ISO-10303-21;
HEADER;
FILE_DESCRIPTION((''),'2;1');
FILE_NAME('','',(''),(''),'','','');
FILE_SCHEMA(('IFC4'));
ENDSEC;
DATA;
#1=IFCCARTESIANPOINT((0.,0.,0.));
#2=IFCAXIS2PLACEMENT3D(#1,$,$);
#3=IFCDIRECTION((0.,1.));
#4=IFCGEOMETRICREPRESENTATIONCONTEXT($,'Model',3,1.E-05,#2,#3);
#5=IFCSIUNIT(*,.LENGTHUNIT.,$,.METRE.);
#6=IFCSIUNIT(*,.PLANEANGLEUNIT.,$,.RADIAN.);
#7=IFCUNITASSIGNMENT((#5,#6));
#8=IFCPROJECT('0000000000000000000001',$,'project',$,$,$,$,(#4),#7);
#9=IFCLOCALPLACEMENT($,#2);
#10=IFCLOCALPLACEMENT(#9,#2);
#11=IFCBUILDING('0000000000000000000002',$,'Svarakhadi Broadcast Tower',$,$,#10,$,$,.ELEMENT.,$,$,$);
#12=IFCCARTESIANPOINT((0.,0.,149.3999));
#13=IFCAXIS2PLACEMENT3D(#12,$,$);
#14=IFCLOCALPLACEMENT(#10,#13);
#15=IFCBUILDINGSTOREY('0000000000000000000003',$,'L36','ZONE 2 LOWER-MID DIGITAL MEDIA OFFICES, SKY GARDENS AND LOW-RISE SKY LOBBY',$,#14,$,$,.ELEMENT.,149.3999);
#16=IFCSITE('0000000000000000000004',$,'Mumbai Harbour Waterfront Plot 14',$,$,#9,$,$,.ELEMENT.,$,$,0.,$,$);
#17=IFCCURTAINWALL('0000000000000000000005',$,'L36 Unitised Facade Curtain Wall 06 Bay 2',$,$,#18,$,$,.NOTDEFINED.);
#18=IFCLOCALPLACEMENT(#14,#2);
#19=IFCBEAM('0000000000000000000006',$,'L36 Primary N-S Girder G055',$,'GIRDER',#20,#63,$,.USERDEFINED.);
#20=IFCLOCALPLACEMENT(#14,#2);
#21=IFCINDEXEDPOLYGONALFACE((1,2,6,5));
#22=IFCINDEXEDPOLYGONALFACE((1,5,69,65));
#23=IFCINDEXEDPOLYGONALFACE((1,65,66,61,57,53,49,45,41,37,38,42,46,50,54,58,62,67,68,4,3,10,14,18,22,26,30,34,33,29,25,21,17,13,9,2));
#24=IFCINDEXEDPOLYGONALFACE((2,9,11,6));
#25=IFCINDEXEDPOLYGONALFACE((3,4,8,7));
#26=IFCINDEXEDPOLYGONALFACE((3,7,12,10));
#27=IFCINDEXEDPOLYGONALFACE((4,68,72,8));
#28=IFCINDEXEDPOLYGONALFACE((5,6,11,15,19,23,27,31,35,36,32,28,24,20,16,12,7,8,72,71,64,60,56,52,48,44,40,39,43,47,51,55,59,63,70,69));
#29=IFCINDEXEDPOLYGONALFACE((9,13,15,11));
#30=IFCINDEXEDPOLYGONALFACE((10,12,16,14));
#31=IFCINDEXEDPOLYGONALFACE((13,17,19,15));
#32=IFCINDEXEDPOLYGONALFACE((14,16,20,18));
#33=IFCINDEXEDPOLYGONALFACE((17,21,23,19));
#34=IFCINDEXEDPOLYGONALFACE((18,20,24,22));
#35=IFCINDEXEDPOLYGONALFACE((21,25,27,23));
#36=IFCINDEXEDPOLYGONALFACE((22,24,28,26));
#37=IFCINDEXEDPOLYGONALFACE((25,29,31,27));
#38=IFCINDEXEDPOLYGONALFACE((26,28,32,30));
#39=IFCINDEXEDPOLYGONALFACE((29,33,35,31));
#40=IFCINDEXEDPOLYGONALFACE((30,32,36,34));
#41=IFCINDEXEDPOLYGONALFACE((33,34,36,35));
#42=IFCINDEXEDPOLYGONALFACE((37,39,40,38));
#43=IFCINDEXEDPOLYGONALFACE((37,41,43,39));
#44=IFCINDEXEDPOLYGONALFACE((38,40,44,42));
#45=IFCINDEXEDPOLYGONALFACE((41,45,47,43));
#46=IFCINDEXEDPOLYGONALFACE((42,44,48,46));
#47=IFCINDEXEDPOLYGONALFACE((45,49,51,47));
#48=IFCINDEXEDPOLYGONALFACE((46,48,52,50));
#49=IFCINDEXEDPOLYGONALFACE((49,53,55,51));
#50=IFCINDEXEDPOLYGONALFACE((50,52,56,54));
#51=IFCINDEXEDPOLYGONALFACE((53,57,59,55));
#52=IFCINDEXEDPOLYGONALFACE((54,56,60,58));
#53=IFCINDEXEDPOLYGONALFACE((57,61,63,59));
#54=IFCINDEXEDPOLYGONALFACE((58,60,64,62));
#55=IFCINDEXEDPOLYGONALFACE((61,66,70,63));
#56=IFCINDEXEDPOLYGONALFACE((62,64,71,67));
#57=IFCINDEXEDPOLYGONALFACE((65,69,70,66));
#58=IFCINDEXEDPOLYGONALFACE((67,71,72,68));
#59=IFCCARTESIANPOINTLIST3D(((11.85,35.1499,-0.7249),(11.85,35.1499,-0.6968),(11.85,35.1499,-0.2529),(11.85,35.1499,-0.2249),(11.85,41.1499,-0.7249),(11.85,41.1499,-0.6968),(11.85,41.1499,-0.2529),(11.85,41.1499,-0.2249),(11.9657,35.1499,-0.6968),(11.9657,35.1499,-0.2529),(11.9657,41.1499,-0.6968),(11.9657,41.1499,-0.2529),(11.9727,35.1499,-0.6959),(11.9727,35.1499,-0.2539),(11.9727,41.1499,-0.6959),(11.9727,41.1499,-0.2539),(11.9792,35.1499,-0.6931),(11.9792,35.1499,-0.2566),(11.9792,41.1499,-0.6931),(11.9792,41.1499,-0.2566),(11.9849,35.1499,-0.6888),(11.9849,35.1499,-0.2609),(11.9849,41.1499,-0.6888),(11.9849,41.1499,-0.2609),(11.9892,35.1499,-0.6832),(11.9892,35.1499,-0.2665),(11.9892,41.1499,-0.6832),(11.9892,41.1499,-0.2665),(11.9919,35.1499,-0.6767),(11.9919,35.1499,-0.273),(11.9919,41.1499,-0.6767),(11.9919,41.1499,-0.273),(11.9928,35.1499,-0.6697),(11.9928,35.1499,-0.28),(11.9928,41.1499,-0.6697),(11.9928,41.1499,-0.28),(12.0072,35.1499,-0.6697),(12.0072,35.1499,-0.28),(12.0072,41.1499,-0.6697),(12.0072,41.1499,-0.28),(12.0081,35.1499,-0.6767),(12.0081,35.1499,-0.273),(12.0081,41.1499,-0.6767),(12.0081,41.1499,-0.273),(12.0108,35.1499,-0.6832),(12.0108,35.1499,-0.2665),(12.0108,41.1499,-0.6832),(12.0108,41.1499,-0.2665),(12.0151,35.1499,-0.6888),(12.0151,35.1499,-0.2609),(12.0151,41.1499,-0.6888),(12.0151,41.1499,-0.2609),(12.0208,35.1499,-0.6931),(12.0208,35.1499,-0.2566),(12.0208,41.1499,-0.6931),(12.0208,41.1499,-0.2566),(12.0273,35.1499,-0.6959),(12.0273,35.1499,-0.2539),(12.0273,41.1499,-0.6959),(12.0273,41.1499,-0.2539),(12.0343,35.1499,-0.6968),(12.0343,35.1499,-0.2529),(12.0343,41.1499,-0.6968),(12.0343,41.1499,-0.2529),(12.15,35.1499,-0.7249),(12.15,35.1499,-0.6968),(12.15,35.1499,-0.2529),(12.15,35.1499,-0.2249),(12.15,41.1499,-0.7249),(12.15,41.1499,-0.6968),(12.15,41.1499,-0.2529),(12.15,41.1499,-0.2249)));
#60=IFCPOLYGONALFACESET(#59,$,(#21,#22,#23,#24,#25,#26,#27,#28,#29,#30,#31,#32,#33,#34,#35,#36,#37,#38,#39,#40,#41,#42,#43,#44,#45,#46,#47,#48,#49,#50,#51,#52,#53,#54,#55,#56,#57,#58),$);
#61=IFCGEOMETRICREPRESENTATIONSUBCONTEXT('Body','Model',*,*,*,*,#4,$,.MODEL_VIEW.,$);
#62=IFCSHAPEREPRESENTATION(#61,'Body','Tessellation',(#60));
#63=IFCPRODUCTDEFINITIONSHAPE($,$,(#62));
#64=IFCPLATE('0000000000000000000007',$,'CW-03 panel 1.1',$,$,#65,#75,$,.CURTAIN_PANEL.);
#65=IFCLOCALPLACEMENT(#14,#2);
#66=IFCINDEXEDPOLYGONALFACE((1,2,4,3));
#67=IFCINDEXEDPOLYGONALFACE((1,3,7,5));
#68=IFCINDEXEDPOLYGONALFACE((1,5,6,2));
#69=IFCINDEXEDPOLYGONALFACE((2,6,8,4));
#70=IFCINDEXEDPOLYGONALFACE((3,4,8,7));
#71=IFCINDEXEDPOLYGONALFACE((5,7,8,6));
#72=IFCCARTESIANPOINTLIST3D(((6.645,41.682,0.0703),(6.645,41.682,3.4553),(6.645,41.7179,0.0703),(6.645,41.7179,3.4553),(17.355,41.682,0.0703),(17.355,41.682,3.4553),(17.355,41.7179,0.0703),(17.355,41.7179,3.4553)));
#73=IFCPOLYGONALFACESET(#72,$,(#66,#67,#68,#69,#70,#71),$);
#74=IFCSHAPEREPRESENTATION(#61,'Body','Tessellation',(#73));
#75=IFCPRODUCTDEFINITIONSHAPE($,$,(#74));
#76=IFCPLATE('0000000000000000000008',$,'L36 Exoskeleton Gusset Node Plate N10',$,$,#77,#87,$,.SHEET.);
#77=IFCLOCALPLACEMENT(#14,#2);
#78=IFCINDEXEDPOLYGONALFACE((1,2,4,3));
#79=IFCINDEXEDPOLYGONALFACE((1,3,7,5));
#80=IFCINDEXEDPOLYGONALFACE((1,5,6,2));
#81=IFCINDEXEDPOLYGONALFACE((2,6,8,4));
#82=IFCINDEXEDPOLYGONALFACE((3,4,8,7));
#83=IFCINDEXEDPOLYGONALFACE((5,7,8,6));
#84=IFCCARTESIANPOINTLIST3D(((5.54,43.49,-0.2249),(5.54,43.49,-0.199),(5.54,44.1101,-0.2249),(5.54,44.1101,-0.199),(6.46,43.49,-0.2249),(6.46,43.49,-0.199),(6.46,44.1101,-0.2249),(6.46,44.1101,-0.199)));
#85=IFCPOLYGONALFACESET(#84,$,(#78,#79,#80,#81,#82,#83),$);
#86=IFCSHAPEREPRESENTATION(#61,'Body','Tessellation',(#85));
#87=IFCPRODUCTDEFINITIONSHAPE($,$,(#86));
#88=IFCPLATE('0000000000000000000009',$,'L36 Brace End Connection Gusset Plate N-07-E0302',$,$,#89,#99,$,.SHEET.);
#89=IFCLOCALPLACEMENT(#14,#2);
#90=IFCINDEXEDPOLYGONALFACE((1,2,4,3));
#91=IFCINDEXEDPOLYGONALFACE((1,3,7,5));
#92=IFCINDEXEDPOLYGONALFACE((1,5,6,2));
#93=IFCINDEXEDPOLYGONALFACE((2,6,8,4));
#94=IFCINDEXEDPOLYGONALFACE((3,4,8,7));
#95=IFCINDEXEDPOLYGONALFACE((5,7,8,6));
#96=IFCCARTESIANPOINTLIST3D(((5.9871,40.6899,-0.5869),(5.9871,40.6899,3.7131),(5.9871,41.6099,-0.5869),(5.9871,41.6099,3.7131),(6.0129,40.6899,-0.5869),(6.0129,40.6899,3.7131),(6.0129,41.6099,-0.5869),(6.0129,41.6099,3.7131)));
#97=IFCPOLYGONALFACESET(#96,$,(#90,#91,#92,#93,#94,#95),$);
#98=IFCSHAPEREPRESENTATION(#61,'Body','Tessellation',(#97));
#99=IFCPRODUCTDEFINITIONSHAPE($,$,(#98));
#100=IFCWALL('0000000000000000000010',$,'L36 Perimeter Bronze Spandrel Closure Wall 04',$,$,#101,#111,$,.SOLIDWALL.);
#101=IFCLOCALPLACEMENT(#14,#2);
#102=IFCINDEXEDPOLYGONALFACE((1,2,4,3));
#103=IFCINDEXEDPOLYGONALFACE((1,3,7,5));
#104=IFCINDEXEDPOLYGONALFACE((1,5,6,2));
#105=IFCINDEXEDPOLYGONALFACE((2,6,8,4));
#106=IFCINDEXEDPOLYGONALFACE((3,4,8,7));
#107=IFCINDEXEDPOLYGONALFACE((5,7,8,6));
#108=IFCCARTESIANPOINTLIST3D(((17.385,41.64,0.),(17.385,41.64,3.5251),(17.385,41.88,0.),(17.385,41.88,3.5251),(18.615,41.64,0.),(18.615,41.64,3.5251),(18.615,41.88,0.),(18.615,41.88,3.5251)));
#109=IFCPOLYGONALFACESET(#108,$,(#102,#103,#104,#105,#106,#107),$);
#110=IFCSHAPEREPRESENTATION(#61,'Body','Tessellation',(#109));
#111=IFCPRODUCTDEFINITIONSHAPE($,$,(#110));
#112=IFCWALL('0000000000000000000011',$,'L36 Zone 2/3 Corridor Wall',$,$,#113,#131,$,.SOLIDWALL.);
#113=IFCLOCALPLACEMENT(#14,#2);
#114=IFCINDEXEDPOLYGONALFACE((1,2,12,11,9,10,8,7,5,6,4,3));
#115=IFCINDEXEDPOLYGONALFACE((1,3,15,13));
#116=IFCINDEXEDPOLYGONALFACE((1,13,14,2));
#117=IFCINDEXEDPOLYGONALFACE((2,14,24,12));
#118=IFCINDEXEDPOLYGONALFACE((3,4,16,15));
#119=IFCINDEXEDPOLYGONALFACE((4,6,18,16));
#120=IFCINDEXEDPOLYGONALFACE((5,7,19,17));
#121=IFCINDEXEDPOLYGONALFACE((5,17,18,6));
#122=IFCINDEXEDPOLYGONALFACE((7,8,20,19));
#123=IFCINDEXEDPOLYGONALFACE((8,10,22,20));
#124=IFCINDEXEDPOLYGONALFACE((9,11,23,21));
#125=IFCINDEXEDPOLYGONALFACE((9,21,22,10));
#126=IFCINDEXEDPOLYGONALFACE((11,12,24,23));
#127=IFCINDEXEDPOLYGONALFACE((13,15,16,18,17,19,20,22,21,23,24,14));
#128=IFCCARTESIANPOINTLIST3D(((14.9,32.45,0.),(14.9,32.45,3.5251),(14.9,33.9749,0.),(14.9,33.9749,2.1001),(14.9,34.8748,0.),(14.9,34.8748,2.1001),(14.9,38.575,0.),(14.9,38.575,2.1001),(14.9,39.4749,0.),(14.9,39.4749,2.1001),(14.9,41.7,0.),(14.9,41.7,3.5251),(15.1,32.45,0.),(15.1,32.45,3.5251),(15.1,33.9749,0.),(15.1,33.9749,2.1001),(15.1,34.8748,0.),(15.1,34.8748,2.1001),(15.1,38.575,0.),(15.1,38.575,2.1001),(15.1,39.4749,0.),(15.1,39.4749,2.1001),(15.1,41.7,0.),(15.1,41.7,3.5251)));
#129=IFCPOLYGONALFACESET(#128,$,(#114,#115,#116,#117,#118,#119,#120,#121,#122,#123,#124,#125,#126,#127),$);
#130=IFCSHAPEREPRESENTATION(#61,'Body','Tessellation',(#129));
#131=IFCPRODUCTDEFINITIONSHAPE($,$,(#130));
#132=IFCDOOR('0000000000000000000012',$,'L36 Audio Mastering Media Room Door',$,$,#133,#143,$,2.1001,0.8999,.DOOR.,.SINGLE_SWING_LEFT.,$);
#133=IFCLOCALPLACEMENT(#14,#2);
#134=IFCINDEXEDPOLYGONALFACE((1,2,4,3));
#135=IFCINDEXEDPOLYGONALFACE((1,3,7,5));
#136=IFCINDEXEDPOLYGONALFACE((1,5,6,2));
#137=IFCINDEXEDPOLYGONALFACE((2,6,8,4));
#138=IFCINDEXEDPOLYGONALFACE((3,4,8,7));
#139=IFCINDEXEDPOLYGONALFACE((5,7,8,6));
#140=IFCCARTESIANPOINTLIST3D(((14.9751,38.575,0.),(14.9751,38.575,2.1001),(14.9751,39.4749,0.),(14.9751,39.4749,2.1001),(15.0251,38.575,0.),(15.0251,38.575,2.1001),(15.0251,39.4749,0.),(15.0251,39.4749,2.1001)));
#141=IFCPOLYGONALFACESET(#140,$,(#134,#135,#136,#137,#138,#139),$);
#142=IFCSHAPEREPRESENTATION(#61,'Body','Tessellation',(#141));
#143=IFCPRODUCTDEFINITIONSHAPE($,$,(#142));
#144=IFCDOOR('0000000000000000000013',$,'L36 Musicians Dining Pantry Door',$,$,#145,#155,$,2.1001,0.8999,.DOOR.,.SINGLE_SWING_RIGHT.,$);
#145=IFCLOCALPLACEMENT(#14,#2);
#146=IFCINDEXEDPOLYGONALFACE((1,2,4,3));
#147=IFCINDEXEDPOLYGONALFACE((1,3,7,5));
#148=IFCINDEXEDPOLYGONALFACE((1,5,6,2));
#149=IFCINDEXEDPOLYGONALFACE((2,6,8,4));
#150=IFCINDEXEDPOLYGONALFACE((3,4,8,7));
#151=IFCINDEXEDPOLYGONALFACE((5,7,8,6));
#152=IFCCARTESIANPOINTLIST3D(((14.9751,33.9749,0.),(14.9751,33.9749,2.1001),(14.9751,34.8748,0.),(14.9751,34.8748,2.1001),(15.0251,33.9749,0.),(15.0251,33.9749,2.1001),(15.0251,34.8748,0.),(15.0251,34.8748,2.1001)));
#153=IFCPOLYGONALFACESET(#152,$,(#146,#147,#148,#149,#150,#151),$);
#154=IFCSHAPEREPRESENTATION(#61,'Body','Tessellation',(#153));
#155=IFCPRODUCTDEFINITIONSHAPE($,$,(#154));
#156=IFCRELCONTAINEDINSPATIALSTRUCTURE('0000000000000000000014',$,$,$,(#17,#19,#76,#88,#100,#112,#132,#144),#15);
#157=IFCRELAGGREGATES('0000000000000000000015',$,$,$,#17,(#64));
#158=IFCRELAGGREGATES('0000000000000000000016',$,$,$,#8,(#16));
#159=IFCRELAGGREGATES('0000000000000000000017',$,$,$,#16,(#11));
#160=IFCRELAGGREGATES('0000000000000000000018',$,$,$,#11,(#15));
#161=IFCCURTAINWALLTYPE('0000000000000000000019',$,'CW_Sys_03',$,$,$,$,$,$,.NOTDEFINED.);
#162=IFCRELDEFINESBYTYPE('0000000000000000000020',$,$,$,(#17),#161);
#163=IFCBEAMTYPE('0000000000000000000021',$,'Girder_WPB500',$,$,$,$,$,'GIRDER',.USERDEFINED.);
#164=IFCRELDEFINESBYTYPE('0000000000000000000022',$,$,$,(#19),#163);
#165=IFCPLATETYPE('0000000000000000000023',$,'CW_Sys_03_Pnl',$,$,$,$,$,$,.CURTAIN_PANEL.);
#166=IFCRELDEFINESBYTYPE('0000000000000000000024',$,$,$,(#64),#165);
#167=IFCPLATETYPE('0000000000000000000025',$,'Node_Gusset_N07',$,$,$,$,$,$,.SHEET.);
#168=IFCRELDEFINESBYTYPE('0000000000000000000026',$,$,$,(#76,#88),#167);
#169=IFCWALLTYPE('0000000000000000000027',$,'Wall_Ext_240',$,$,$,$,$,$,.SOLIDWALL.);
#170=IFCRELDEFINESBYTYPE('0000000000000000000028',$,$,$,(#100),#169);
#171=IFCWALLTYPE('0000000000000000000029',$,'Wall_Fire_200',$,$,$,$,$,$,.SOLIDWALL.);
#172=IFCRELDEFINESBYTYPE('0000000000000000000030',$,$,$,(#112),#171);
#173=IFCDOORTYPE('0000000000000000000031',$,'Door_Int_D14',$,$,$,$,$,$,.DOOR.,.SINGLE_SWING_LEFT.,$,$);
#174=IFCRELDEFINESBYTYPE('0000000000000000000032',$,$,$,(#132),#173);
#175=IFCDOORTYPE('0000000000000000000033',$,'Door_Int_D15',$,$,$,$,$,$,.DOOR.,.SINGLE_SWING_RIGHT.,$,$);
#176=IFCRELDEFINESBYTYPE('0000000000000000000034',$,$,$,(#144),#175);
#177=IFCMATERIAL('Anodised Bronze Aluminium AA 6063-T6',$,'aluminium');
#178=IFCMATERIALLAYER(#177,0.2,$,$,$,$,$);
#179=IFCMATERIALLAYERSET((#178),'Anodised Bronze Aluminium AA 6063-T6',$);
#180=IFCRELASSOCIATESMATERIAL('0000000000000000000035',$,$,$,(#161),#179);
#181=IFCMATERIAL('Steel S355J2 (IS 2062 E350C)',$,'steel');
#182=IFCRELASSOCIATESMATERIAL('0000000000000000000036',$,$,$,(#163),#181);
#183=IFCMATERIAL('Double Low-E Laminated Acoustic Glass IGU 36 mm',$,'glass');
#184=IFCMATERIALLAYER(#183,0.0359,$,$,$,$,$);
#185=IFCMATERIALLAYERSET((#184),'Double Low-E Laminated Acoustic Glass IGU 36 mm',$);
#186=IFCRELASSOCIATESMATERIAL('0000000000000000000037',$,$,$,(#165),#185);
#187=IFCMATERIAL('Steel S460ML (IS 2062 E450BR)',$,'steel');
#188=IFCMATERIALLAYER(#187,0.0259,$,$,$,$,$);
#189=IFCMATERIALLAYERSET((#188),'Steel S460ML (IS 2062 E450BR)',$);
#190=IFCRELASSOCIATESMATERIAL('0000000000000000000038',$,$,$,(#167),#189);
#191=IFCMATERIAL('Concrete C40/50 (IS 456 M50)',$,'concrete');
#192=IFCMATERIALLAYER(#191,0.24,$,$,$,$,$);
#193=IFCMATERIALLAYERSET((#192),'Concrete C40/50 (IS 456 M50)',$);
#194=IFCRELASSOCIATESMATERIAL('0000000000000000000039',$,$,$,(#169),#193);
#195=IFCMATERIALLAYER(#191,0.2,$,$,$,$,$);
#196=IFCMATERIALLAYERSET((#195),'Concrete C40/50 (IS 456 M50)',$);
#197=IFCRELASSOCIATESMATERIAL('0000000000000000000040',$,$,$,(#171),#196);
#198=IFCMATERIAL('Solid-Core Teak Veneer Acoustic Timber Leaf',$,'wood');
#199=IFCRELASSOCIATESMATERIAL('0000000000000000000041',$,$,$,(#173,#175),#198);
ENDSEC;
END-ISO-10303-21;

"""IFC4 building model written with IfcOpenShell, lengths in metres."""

from ifc_helpers import new_model, si_unit, direction, frame, frame_2d, origin, origin_2d, place, context, subcontext, project, spatial, rectangle, i_section, extrude, material, layer, layer_set, material_profile, profile_set, type_object, element, fill, aggregate, save


model = new_model("IFC4")

# Units and contexts
model_context = context("Model", 3, precision=1e-05, world=origin(), true_north=direction((0.0, 1.0)))
body_context = subcontext(model_context, "Body", "Model", "MODEL_VIEW")
ifc_project = project(units=[si_unit("LENGTHUNIT", "METRE"), si_unit("PLANEANGLEUNIT", "RADIAN")], contexts=[model_context])

# Site, building, storey
site_placement = place(None, origin())
site = spatial("IfcSite", under=ifc_project, at=site_placement, Name="Mumbai Harbour Waterfront Plot 14", CompositionType="ELEMENT", RefElevation=0.0)
building_placement = place(site_placement, origin())
building = spatial("IfcBuilding", under=site, at=building_placement, Name="Svarakhadi Broadcast Tower", CompositionType="ELEMENT")
storey_placement = place(building_placement, frame((0.0, 0.0, 149.3999)))
storey = spatial("IfcBuildingStorey", under=building, at=storey_placement, Name="L36", Description="ZONE 2 LOWER-MID DIGITAL MEDIA OFFICES, SKY GARDENS AND LOW-RISE SKY LOBBY", CompositionType="ELEMENT", Elevation=149.3999)

# Shared definitions
ifc_material_1 = material(Name="Steel S460ML (IS 2062 E450BR)", Category="steel")

# Shared definitions
ifc_material_2 = material(Name="Steel S355J2 (IS 2062 E350C)", Category="steel")

# Curtain wall
ifc_material_3 = material(Name="Anodised Bronze Aluminium AA 6063-T6", Category="aluminium")
ifc_layer_1 = layer(ifc_material_3, 0.2)
ifc_layer_set_1 = layer_set([ifc_layer_1], Name="Anodised Bronze Aluminium AA 6063-T6")
curtain_wall_type = type_object("IfcCurtainWallType", Name="CW_Sys_03", PredefinedType="NOTDEFINED", material=ifc_layer_set_1)
curtain_wall_placement = place(storey_placement, origin())
curtain_wall = element("IfcCurtainWall", 1, at=curtain_wall_placement, inside=storey, type_object=curtain_wall_type, Name="L36 Unitised Facade Curtain Wall 06 Bay 2", PredefinedType="NOTDEFINED")

# Beam
ifc_material_profile_1 = material_profile(ifc_material_2, i_section(OverallWidth=0.3, OverallDepth=0.5, WebThickness=0.0144, FlangeThickness=0.0281, FilletRadius=0.0271, at=origin_2d()), Name="WPB 500x300x187")
ifc_profile_set_1 = profile_set([ifc_material_profile_1], Name="Steel S355J2 (IS 2062 E350C)")
beam_type_1 = type_object("IfcBeamType", Name="Girder_WPB500", ElementType="GIRDER", PredefinedType="USERDEFINED", material=ifc_profile_set_1)
for number, where, z_axis, x_axis, name in (
    (2, (12.0, 35.1499, -0.4749), (0.0, 1.0, 0.0), (-1.0, 0.0, 0.0), "L36 Primary N-S Girder G055"),
):
    element("IfcBeam", number, at=place(storey_placement, frame(where, z_axis=z_axis, x_axis=x_axis)), inside=storey, type_object=beam_type_1, Name=name, ObjectType="GIRDER", PredefinedType="USERDEFINED", context=body_context, shape_type="SweptSolid", body=[
        extrude(i_section(OverallWidth=0.3, OverallDepth=0.5, WebThickness=0.0144, FlangeThickness=0.0281, FilletRadius=0.0271, at=origin_2d()), origin(), (0.0, 0.0, 1.0), 6.0),
    ])

# Plate
ifc_material_4 = material(Name="Double Low-E Laminated Acoustic Glass IGU 36 mm", Category="glass")
ifc_layer_2 = layer(ifc_material_4, 0.0359)
ifc_layer_set_2 = layer_set([ifc_layer_2], Name="Double Low-E Laminated Acoustic Glass IGU 36 mm")
plate_type_1 = type_object("IfcPlateType", Name="CW_Sys_03_Pnl", PredefinedType="CURTAIN_PANEL", material=ifc_layer_set_2)
plate_1_placement = place(storey_placement, frame((12.0, 41.7, 0.0703), z_axis=(0.0, 0.0, 1.0), x_axis=(1.0, 0.0, 0.0)))
plate_1 = element("IfcPlate", 3, at=plate_1_placement, type_object=plate_type_1, Name="CW-03 panel 1.1", PredefinedType="CURTAIN_PANEL", context=body_context, shape_type="SweptSolid", body=[
    extrude(rectangle(XDim=10.71, YDim=0.0359, at=origin_2d()), origin(), (0.0, 0.0, 1.0), 3.385),
])
aggregate(curtain_wall, [plate_1])

# Plates
ifc_layer_3 = layer(ifc_material_1, 0.0259)
ifc_layer_set_3 = layer_set([ifc_layer_3], Name="Steel S460ML (IS 2062 E450BR)")
plate_type_2 = type_object("IfcPlateType", Name="Node_Gusset_N07", PredefinedType="SHEET", material=ifc_layer_set_3)
plate_2_placement = place(storey_placement, frame((6.0, 43.8, -0.2249), z_axis=(0.0, 0.0, 1.0), x_axis=(1.0, 0.0, 0.0)))
element("IfcPlate", 4, at=plate_2_placement, inside=storey, type_object=plate_type_2, Name="L36 Exoskeleton Gusset Node Plate N10", PredefinedType="SHEET", context=body_context, shape_type="SweptSolid", body=[
    extrude(rectangle(XDim=0.9199, YDim=0.6201, at=origin_2d()), origin(), (0.0, 0.0, 1.0), 0.0259),
])
plate_3_placement = place(storey_placement, frame((6.0, 41.1499, -0.5869), z_axis=(0.0, 0.0, 1.0), x_axis=(0.0, 1.0, 0.0)))
element("IfcPlate", 5, at=plate_3_placement, inside=storey, type_object=plate_type_2, Name="L36 Brace End Connection Gusset Plate N-07-E0302", PredefinedType="SHEET", context=body_context, shape_type="SweptSolid", body=[
    extrude(rectangle(XDim=0.9199, YDim=0.0259, at=origin_2d()), origin(), (0.0, 0.0, 1.0), 4.3),
])

# Wall
ifc_material_5 = material(Name="Concrete C40/50 (IS 456 M50)", Category="concrete")
ifc_layer_4 = layer(ifc_material_5, 0.24)
ifc_layer_set_4 = layer_set([ifc_layer_4], Name="Concrete C40/50 (IS 456 M50)")
wall_type_1 = type_object("IfcWallType", Name="Wall_Ext_240", PredefinedType="SOLIDWALL", material=ifc_layer_set_4)
wall_1_placement = place(storey_placement, frame((17.385, 41.76, 0.0), z_axis=(0.0, 0.0, 1.0), x_axis=(1.0, 0.0, 0.0)))
element("IfcWall", 6, at=wall_1_placement, inside=storey, type_object=wall_type_1, Name="L36 Perimeter Bronze Spandrel Closure Wall 04", PredefinedType="SOLIDWALL", context=body_context, shape_type="SweptSolid", body=[
    extrude(rectangle(XDim=1.23, YDim=0.24, at=frame_2d((0.615, 0.0))), origin(), (0.0, 0.0, 1.0), 3.5251),
])

# Wall, openings, doors
ifc_layer_5 = layer(ifc_material_5, 0.2)
ifc_layer_set_5 = layer_set([ifc_layer_5], Name="Concrete C40/50 (IS 456 M50)")
wall_type_2 = type_object("IfcWallType", Name="Wall_Fire_200", PredefinedType="SOLIDWALL", material=ifc_layer_set_5)
wall_2_placement = place(storey_placement, frame((15.0, 32.45, 0.0), z_axis=(0.0, 0.0, 1.0), x_axis=(0.0, 1.0, 0.0)))
wall_2 = element("IfcWall", 7, at=wall_2_placement, inside=storey, type_object=wall_type_2, Name="L36 Zone 2/3 Corridor Wall", PredefinedType="SOLIDWALL", context=body_context, shape_type="SweptSolid", body=[
    extrude(rectangle(XDim=9.25, YDim=0.2, at=frame_2d((4.625, 0.0))), origin(), (0.0, 0.0, 1.0), 3.5251),
])
opening_1_placement = place(wall_2_placement, frame((1.5249, 0.0, 0.0)))
opening_1 = element("IfcOpeningElement", 8, at=opening_1_placement, cuts=wall_2, PredefinedType="OPENING", context=body_context, shape_type="SweptSolid", body=[
    extrude(rectangle(XDim=0.8999, YDim=2.1001, at=frame_2d((0.45, 1.05))), frame((0.0, 0.1099, 0.0), z_axis=(0.0, -1.0, 0.0), x_axis=(1.0, 0.0, 0.0)), (0.0, 0.0, 1.0), 0.22),
])
opening_2_placement = place(wall_2_placement, frame((6.125, 0.0, 0.0)))
opening_2 = element("IfcOpeningElement", 9, at=opening_2_placement, cuts=wall_2, PredefinedType="OPENING", context=body_context, shape_type="SweptSolid", body=[
    extrude(rectangle(XDim=0.8999, YDim=2.1001, at=frame_2d((0.45, 1.05))), frame((0.0, 0.1099, 0.0), z_axis=(0.0, -1.0, 0.0), x_axis=(1.0, 0.0, 0.0)), (0.0, 0.0, 1.0), 0.22),
])
ifc_material_6 = material(Name="Solid-Core Teak Veneer Acoustic Timber Leaf", Category="wood")
door_type_1 = type_object("IfcDoorType", Name="Door_Int_D14", OperationType="SINGLE_SWING_LEFT", PredefinedType="DOOR", material=ifc_material_6)
door_1_placement = place(opening_2_placement, origin())
door_1 = element("IfcDoor", 10, at=door_1_placement, inside=storey, type_object=door_type_1, Name="L36 Audio Mastering Media Room Door", OperationType="SINGLE_SWING_LEFT", OverallHeight=2.1001, OverallWidth=0.8999, PredefinedType="DOOR", context=body_context, shape_type="SweptSolid", body=[
    extrude(rectangle(XDim=0.8999, YDim=2.1001, at=frame_2d((0.45, 1.05))), frame((0.0, 0.0249, 0.0), z_axis=(0.0, -1.0, 0.0), x_axis=(1.0, 0.0, 0.0)), (0.0, 0.0, 1.0), 0.05),
])
fill(opening_2, door_1)
door_type_2 = type_object("IfcDoorType", Name="Door_Int_D15", OperationType="SINGLE_SWING_RIGHT", PredefinedType="DOOR", material=ifc_material_6)
door_2_placement = place(opening_1_placement, origin())
door_2 = element("IfcDoor", 11, at=door_2_placement, inside=storey, type_object=door_type_2, Name="L36 Musicians Dining Pantry Door", OperationType="SINGLE_SWING_RIGHT", OverallHeight=2.1001, OverallWidth=0.8999, PredefinedType="DOOR", context=body_context, shape_type="SweptSolid", body=[
    extrude(rectangle(XDim=0.8999, YDim=2.1001, at=frame_2d((0.45, 1.05))), frame((0.0, 0.0249, 0.0), z_axis=(0.0, -1.0, 0.0), x_axis=(1.0, 0.0, 0.0)), (0.0, 0.0, 1.0), 0.05),
])
fill(opening_1, door_2)

save(model, "model.ifc")
